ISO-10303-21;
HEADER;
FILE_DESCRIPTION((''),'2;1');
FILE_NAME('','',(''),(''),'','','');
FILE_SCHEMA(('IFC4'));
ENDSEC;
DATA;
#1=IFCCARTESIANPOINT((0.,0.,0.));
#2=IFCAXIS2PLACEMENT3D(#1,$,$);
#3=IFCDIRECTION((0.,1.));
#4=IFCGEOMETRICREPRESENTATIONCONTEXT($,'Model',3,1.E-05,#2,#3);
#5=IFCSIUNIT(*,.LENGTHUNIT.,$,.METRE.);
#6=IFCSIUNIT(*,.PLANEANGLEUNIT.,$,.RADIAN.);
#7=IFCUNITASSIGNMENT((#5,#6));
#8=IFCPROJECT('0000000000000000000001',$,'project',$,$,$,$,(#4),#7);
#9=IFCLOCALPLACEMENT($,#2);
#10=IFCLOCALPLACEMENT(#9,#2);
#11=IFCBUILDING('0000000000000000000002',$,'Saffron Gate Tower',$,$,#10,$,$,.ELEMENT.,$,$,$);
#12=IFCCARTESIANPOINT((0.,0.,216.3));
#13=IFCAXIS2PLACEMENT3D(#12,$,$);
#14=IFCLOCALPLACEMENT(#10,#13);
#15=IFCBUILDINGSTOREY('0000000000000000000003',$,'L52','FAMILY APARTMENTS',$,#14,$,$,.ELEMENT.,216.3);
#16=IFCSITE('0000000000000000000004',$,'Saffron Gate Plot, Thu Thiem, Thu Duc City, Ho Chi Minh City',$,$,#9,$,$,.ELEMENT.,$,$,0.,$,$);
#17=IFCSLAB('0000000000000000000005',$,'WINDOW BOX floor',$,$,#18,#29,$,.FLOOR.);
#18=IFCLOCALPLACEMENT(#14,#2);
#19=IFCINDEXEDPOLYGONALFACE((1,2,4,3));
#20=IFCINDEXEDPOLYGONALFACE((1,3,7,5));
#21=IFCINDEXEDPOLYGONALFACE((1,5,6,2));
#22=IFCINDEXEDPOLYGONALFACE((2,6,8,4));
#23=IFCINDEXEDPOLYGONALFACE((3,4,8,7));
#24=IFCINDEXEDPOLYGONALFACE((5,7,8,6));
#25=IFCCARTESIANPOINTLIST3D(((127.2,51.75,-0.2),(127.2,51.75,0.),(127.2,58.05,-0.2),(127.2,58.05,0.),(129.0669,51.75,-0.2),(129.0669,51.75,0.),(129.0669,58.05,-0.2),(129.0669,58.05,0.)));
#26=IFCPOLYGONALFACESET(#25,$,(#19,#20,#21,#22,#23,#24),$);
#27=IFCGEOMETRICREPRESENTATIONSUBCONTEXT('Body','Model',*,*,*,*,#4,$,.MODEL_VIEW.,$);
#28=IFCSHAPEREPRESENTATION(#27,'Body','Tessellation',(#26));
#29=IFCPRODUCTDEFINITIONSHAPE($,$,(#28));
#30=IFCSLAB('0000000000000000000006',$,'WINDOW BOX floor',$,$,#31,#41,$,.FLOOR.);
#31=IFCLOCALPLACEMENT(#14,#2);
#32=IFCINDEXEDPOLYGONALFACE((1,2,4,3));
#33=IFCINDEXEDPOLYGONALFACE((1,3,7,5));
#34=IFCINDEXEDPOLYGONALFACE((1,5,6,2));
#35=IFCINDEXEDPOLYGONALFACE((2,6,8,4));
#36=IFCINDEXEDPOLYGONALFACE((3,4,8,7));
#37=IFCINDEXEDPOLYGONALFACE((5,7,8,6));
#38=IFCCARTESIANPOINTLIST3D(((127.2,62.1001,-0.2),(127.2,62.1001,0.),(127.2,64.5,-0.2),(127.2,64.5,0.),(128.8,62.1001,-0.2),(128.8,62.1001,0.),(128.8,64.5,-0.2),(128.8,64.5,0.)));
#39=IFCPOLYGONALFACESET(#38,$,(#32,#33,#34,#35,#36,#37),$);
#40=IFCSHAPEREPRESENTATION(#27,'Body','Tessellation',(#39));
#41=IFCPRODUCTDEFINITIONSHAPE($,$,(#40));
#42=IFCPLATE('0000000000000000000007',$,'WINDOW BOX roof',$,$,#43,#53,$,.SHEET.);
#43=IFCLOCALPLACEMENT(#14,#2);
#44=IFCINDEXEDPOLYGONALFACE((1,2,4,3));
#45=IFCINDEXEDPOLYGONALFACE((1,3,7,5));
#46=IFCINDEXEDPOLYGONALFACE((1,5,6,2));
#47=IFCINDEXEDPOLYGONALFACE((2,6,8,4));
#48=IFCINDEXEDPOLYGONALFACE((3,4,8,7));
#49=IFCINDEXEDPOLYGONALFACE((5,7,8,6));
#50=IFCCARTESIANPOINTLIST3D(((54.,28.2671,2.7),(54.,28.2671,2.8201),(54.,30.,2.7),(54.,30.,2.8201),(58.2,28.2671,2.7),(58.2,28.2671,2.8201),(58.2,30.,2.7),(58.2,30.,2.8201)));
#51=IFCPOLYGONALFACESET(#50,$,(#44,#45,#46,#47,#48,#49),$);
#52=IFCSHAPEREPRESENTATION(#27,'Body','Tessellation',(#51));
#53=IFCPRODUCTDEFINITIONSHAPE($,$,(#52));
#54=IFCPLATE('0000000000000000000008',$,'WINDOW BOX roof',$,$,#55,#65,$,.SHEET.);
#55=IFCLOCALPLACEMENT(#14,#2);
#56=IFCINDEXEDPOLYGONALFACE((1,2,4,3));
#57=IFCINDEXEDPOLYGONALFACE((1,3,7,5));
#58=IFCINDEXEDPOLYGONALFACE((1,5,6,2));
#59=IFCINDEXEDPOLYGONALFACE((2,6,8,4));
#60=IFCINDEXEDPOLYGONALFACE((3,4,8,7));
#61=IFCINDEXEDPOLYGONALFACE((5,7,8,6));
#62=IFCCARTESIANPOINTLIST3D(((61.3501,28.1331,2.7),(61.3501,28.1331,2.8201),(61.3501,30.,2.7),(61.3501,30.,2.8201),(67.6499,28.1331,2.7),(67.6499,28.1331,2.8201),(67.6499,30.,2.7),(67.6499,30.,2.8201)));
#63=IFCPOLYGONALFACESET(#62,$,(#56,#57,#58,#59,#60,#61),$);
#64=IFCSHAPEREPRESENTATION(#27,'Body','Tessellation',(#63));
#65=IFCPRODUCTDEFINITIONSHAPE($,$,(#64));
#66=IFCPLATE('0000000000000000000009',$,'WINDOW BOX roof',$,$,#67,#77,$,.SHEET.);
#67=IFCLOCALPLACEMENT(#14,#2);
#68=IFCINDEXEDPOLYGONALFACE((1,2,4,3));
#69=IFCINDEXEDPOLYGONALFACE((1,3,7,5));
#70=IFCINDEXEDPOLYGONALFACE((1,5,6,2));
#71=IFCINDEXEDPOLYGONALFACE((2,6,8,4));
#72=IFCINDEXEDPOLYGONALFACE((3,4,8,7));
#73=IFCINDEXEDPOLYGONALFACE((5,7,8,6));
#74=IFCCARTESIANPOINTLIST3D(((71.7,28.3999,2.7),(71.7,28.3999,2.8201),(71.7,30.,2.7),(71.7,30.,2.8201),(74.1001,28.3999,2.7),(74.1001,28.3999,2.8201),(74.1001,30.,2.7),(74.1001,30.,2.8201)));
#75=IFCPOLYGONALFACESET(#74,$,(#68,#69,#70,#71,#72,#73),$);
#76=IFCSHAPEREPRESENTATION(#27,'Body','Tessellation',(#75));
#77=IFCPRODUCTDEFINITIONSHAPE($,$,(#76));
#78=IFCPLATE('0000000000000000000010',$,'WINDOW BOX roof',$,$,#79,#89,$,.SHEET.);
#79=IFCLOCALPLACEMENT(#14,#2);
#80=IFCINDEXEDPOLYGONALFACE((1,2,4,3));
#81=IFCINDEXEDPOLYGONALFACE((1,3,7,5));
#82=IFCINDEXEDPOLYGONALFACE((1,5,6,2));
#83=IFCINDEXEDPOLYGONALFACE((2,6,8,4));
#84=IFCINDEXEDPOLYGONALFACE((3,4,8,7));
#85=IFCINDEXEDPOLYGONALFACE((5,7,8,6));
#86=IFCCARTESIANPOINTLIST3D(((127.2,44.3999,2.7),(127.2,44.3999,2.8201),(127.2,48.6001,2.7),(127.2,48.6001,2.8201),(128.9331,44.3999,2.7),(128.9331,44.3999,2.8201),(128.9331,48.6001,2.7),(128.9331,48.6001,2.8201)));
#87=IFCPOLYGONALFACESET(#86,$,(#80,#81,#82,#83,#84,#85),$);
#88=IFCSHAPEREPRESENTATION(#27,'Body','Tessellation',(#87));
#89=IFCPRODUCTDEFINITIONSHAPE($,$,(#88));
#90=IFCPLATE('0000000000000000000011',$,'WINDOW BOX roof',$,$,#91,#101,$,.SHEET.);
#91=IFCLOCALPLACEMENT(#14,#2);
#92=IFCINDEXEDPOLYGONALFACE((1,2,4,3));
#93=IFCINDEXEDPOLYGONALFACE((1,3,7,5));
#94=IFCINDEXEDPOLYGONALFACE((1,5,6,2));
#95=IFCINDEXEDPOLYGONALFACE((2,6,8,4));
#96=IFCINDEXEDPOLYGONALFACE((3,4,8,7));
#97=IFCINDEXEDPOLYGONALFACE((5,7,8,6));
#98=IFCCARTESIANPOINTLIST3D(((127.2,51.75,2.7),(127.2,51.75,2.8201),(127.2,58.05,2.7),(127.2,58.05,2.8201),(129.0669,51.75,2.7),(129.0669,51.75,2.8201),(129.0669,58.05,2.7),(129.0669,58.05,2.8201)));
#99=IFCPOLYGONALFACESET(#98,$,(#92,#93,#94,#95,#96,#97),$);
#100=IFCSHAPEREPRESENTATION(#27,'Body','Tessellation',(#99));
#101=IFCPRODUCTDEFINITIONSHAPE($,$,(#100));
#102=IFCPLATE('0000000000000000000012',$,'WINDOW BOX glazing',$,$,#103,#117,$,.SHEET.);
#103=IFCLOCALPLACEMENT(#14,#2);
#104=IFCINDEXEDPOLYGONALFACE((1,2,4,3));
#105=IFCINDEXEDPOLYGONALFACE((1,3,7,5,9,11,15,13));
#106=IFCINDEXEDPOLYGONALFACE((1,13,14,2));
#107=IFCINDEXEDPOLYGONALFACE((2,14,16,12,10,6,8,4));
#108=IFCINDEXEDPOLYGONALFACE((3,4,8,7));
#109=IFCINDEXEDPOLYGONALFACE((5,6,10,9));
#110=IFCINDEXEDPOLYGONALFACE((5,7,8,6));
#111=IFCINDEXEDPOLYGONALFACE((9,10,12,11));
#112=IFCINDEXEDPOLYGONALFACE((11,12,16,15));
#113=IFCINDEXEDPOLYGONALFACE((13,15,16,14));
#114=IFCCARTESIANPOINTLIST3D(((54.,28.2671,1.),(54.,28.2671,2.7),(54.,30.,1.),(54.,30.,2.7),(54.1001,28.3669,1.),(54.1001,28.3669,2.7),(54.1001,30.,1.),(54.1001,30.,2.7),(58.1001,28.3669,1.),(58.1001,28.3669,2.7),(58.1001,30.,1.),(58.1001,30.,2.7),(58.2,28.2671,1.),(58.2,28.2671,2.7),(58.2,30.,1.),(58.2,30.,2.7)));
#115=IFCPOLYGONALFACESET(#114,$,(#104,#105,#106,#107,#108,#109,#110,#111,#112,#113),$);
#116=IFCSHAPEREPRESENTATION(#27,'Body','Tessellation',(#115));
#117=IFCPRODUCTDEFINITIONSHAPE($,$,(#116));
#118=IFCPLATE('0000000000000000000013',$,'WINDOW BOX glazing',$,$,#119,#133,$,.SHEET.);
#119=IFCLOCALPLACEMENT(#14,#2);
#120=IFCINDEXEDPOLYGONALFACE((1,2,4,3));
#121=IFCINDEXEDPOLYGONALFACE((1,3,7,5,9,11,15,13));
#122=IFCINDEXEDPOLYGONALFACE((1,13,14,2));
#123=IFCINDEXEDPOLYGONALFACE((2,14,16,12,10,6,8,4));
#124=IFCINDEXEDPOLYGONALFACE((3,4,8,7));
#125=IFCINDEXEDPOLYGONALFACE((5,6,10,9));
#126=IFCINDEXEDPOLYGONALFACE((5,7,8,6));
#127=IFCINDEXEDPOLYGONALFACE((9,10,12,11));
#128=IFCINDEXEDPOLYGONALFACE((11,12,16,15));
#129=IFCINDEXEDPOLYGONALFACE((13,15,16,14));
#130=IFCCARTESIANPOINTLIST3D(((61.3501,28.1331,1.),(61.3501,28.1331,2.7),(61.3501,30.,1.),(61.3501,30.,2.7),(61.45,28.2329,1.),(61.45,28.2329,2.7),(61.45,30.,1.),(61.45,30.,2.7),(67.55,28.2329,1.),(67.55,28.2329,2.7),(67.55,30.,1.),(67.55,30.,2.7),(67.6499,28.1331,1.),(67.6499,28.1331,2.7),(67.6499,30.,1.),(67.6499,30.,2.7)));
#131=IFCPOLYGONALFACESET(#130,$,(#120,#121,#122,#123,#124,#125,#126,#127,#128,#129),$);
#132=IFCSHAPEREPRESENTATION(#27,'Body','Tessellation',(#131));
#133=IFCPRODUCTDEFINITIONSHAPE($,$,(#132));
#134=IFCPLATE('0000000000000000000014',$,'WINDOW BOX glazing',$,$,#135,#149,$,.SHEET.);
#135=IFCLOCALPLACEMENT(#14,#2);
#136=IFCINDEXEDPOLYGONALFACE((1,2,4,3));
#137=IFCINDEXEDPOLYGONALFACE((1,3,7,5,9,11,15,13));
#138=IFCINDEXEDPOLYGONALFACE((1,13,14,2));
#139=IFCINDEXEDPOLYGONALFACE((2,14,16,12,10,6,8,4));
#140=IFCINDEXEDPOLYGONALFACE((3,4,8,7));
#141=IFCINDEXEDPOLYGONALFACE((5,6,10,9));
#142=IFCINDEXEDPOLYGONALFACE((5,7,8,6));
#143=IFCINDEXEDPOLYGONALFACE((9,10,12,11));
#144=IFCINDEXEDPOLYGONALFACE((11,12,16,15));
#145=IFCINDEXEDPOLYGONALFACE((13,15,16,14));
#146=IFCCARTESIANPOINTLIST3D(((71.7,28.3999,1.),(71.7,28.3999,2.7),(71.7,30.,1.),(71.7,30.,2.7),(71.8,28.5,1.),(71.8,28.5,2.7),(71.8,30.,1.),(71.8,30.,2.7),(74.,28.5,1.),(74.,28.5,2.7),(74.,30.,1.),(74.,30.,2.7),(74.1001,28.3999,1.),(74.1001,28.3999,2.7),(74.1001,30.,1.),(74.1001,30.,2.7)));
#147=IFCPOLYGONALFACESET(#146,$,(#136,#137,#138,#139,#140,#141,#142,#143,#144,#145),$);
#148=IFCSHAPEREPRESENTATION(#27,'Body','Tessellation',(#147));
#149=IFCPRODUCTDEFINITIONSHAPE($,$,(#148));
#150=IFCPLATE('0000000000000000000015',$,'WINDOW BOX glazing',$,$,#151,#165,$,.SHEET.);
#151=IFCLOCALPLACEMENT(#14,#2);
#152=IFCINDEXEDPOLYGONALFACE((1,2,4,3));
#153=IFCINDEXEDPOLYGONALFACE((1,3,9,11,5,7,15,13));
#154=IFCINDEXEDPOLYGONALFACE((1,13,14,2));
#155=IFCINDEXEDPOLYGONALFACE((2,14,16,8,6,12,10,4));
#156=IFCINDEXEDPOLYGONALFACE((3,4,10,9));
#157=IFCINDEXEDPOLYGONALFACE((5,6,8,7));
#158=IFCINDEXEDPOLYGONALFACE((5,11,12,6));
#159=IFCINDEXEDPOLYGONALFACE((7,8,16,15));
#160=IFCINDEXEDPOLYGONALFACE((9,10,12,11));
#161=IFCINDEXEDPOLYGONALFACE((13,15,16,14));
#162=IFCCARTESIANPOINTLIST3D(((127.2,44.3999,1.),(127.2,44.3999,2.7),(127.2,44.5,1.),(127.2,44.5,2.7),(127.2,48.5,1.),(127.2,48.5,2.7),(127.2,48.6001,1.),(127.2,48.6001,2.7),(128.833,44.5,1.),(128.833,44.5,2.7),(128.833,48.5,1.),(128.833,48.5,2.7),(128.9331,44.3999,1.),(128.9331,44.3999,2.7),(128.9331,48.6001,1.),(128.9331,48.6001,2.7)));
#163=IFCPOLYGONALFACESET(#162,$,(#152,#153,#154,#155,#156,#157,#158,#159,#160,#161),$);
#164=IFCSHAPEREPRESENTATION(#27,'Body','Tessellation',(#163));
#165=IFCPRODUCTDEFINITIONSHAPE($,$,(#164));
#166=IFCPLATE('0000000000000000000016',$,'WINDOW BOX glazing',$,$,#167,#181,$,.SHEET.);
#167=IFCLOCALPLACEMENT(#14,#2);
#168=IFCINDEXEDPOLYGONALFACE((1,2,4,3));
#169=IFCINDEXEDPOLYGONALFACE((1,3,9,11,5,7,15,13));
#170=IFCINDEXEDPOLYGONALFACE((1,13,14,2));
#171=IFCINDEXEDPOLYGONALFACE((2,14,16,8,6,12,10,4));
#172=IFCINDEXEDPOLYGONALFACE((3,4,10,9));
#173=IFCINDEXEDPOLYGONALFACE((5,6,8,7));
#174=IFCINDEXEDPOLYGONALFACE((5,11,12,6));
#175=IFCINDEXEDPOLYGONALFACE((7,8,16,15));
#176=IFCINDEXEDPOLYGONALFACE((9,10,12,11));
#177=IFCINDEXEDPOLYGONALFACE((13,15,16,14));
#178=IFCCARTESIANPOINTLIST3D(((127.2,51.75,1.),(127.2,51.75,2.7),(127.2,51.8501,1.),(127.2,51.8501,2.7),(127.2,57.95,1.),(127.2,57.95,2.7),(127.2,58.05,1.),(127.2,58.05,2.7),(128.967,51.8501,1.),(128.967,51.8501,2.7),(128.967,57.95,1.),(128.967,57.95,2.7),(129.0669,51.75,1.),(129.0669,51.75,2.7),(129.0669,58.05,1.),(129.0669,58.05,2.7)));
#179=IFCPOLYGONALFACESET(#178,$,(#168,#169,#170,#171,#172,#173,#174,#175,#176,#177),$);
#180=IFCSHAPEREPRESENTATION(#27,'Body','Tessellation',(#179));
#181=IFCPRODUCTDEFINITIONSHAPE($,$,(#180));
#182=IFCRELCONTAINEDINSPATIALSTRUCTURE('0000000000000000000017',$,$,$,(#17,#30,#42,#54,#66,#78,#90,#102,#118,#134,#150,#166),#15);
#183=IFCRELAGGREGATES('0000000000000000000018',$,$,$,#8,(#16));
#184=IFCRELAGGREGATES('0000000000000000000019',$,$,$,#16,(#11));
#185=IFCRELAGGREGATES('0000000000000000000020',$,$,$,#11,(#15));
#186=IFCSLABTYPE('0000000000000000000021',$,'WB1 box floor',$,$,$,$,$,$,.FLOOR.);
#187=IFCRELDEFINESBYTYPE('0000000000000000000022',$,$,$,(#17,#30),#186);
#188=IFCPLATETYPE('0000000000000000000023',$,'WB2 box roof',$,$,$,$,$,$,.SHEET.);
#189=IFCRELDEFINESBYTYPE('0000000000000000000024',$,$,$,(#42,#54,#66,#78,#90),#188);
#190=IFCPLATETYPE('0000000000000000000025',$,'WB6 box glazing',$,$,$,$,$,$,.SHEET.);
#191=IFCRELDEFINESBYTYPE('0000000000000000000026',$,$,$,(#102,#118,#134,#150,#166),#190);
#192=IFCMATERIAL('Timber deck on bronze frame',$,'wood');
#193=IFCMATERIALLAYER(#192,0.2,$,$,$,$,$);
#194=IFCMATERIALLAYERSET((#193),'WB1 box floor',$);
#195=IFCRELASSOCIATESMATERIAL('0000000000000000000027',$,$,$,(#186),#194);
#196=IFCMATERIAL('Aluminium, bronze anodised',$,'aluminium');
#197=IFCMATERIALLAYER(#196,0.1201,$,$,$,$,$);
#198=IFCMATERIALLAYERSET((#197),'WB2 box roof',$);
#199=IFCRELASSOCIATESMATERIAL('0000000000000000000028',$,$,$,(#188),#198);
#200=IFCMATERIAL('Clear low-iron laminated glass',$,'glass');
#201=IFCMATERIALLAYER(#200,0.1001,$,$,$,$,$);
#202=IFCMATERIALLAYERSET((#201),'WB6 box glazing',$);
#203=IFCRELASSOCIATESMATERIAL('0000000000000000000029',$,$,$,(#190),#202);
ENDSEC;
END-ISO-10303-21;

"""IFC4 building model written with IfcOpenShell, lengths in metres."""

from ifc_helpers import new_model, si_unit, direction, frame, origin, place, context, subcontext, project, spatial, polyline, outline, extrude, material, layer, layer_set, type_object, element, save


model = new_model("IFC4")

# Units and contexts
model_context = context("Model", 3, precision=1e-05, world=origin(), true_north=direction((0.0, 1.0)))
body_context = subcontext(model_context, "Body", "Model", "MODEL_VIEW")
ifc_project = project(units=[si_unit("LENGTHUNIT", "METRE"), si_unit("PLANEANGLEUNIT", "RADIAN")], contexts=[model_context])

# Site, building, storey
site_placement = place(None, origin())
site = spatial("IfcSite", under=ifc_project, at=site_placement, Name="Saffron Gate Plot, Thu Thiem, Thu Duc City, Ho Chi Minh City", CompositionType="ELEMENT", RefElevation=0.0)
building_placement = place(site_placement, origin())
building = spatial("IfcBuilding", under=site, at=building_placement, Name="Saffron Gate Tower", CompositionType="ELEMENT")
storey_placement = place(building_placement, frame((0.0, 0.0, 216.3)))
storey = spatial("IfcBuildingStorey", under=building, at=storey_placement, Name="L52", Description="FAMILY APARTMENTS", CompositionType="ELEMENT", Elevation=216.3)

# Slabs
ifc_material_1 = material(Name="Timber deck on bronze frame", Category="wood")
ifc_layer_1 = layer(ifc_material_1, 0.2)
ifc_layer_set_1 = layer_set([ifc_layer_1], Name="WB1 box floor")
slab_type_1 = type_object("IfcSlabType", Name="WB1 box floor", PredefinedType="FLOOR", material=ifc_layer_set_1)
slab_1_placement = place(storey_placement, frame((0.0, 0.0, -0.2)))
element("IfcSlab", 1, at=slab_1_placement, inside=storey, type_object=slab_type_1, Name="WINDOW BOX floor", PredefinedType="FLOOR", context=body_context, shape_type="SweptSolid", body=[
    extrude(outline(polyline([(127.2, 51.75), (127.2, 58.05), (129.0669, 58.05), (129.0669, 51.75), (127.2, 51.75)])), origin(), (0.0, 0.0, 1.0), 0.2),
])
slab_2_placement = place(storey_placement, frame((0.0, 0.0, -0.2)))
element("IfcSlab", 2, at=slab_2_placement, inside=storey, type_object=slab_type_1, Name="WINDOW BOX floor", PredefinedType="FLOOR", context=body_context, shape_type="SweptSolid", body=[
    extrude(outline(polyline([(127.2, 62.1001), (127.2, 64.5), (128.8, 64.5), (128.8, 62.1001), (127.2, 62.1001)])), origin(), (0.0, 0.0, 1.0), 0.2),
])

# Plates
ifc_material_2 = material(Name="Aluminium, bronze anodised", Category="aluminium")
ifc_layer_2 = layer(ifc_material_2, 0.1201)
ifc_layer_set_2 = layer_set([ifc_layer_2], Name="WB2 box roof")
plate_type_1 = type_object("IfcPlateType", Name="WB2 box roof", PredefinedType="SHEET", material=ifc_layer_set_2)
plate_1_placement = place(storey_placement, frame((0.0, 0.0, 2.7)))
element("IfcPlate", 3, at=plate_1_placement, inside=storey, type_object=plate_type_1, Name="WINDOW BOX roof", PredefinedType="SHEET", context=body_context, shape_type="SweptSolid", body=[
    extrude(outline(polyline([(54.0, 30.0), (58.2, 30.0), (58.2, 28.2671), (54.0, 28.2671), (54.0, 30.0)])), origin(), (0.0, 0.0, 1.0), 0.1201),
])
plate_2_placement = place(storey_placement, frame((0.0, 0.0, 2.7)))
element("IfcPlate", 4, at=plate_2_placement, inside=storey, type_object=plate_type_1, Name="WINDOW BOX roof", PredefinedType="SHEET", context=body_context, shape_type="SweptSolid", body=[
    extrude(outline(polyline([(61.3501, 30.0), (67.6499, 30.0), (67.6499, 28.1331), (61.3501, 28.1331), (61.3501, 30.0)])), origin(), (0.0, 0.0, 1.0), 0.1201),
])
plate_3_placement = place(storey_placement, frame((0.0, 0.0, 2.7)))
element("IfcPlate", 5, at=plate_3_placement, inside=storey, type_object=plate_type_1, Name="WINDOW BOX roof", PredefinedType="SHEET", context=body_context, shape_type="SweptSolid", body=[
    extrude(outline(polyline([(71.7, 30.0), (74.1001, 30.0), (74.1001, 28.3999), (71.7, 28.3999), (71.7, 30.0)])), origin(), (0.0, 0.0, 1.0), 0.1201),
])
plate_4_placement = place(storey_placement, frame((0.0, 0.0, 2.7)))
element("IfcPlate", 6, at=plate_4_placement, inside=storey, type_object=plate_type_1, Name="WINDOW BOX roof", PredefinedType="SHEET", context=body_context, shape_type="SweptSolid", body=[
    extrude(outline(polyline([(127.2, 44.3999), (127.2, 48.6001), (128.9331, 48.6001), (128.9331, 44.3999), (127.2, 44.3999)])), origin(), (0.0, 0.0, 1.0), 0.1201),
])
plate_5_placement = place(storey_placement, frame((0.0, 0.0, 2.7)))
element("IfcPlate", 7, at=plate_5_placement, inside=storey, type_object=plate_type_1, Name="WINDOW BOX roof", PredefinedType="SHEET", context=body_context, shape_type="SweptSolid", body=[
    extrude(outline(polyline([(127.2, 51.75), (127.2, 58.05), (129.0669, 58.05), (129.0669, 51.75), (127.2, 51.75)])), origin(), (0.0, 0.0, 1.0), 0.1201),
])
ifc_material_3 = material(Name="Clear low-iron laminated glass", Category="glass")
ifc_layer_3 = layer(ifc_material_3, 0.1001)
ifc_layer_set_3 = layer_set([ifc_layer_3], Name="WB6 box glazing")
plate_type_2 = type_object("IfcPlateType", Name="WB6 box glazing", PredefinedType="SHEET", material=ifc_layer_set_3)
plate_6_placement = place(storey_placement, frame((0.0, 0.0, 1.0)))
element("IfcPlate", 8, at=plate_6_placement, inside=storey, type_object=plate_type_2, Name="WINDOW BOX glazing", PredefinedType="SHEET", context=body_context, shape_type="SweptSolid", body=[
    extrude(outline(polyline([(54.0, 30.0), (54.1001, 30.0), (54.1001, 28.3669), (58.1001, 28.3669), (58.1001, 30.0), (58.2, 30.0), (58.2, 28.2671), (54.0, 28.2671), (54.0, 30.0)])), origin(), (0.0, 0.0, 1.0), 1.7),
])
plate_7_placement = place(storey_placement, frame((0.0, 0.0, 1.0)))
element("IfcPlate", 9, at=plate_7_placement, inside=storey, type_object=plate_type_2, Name="WINDOW BOX glazing", PredefinedType="SHEET", context=body_context, shape_type="SweptSolid", body=[
    extrude(outline(polyline([(61.3501, 30.0), (61.45, 30.0), (61.45, 28.2329), (67.55, 28.2329), (67.55, 30.0), (67.6499, 30.0), (67.6499, 28.1331), (61.3501, 28.1331), (61.3501, 30.0)])), origin(), (0.0, 0.0, 1.0), 1.7),
])
plate_8_placement = place(storey_placement, frame((0.0, 0.0, 1.0)))
element("IfcPlate", 10, at=plate_8_placement, inside=storey, type_object=plate_type_2, Name="WINDOW BOX glazing", PredefinedType="SHEET", context=body_context, shape_type="SweptSolid", body=[
    extrude(outline(polyline([(71.7, 30.0), (71.8, 30.0), (71.8, 28.5), (74.0, 28.5), (74.0, 30.0), (74.1001, 30.0), (74.1001, 28.3999), (71.7, 28.3999), (71.7, 30.0)])), origin(), (0.0, 0.0, 1.0), 1.7),
])
plate_9_placement = place(storey_placement, frame((0.0, 0.0, 1.0)))
element("IfcPlate", 11, at=plate_9_placement, inside=storey, type_object=plate_type_2, Name="WINDOW BOX glazing", PredefinedType="SHEET", context=body_context, shape_type="SweptSolid", body=[
    extrude(outline(polyline([(127.2, 44.3999), (127.2, 44.5), (128.833, 44.5), (128.833, 48.5), (127.2, 48.5), (127.2, 48.6001), (128.9331, 48.6001), (128.9331, 44.3999), (127.2, 44.3999)])), origin(), (0.0, 0.0, 1.0), 1.7),
])
plate_10_placement = place(storey_placement, frame((0.0, 0.0, 1.0)))
element("IfcPlate", 12, at=plate_10_placement, inside=storey, type_object=plate_type_2, Name="WINDOW BOX glazing", PredefinedType="SHEET", context=body_context, shape_type="SweptSolid", body=[
    extrude(outline(polyline([(127.2, 51.75), (127.2, 51.8501), (128.967, 51.8501), (128.967, 57.95), (127.2, 57.95), (127.2, 58.05), (129.0669, 58.05), (129.0669, 51.75), (127.2, 51.75)])), origin(), (0.0, 0.0, 1.0), 1.7),
])

save(model, "model.ifc")
